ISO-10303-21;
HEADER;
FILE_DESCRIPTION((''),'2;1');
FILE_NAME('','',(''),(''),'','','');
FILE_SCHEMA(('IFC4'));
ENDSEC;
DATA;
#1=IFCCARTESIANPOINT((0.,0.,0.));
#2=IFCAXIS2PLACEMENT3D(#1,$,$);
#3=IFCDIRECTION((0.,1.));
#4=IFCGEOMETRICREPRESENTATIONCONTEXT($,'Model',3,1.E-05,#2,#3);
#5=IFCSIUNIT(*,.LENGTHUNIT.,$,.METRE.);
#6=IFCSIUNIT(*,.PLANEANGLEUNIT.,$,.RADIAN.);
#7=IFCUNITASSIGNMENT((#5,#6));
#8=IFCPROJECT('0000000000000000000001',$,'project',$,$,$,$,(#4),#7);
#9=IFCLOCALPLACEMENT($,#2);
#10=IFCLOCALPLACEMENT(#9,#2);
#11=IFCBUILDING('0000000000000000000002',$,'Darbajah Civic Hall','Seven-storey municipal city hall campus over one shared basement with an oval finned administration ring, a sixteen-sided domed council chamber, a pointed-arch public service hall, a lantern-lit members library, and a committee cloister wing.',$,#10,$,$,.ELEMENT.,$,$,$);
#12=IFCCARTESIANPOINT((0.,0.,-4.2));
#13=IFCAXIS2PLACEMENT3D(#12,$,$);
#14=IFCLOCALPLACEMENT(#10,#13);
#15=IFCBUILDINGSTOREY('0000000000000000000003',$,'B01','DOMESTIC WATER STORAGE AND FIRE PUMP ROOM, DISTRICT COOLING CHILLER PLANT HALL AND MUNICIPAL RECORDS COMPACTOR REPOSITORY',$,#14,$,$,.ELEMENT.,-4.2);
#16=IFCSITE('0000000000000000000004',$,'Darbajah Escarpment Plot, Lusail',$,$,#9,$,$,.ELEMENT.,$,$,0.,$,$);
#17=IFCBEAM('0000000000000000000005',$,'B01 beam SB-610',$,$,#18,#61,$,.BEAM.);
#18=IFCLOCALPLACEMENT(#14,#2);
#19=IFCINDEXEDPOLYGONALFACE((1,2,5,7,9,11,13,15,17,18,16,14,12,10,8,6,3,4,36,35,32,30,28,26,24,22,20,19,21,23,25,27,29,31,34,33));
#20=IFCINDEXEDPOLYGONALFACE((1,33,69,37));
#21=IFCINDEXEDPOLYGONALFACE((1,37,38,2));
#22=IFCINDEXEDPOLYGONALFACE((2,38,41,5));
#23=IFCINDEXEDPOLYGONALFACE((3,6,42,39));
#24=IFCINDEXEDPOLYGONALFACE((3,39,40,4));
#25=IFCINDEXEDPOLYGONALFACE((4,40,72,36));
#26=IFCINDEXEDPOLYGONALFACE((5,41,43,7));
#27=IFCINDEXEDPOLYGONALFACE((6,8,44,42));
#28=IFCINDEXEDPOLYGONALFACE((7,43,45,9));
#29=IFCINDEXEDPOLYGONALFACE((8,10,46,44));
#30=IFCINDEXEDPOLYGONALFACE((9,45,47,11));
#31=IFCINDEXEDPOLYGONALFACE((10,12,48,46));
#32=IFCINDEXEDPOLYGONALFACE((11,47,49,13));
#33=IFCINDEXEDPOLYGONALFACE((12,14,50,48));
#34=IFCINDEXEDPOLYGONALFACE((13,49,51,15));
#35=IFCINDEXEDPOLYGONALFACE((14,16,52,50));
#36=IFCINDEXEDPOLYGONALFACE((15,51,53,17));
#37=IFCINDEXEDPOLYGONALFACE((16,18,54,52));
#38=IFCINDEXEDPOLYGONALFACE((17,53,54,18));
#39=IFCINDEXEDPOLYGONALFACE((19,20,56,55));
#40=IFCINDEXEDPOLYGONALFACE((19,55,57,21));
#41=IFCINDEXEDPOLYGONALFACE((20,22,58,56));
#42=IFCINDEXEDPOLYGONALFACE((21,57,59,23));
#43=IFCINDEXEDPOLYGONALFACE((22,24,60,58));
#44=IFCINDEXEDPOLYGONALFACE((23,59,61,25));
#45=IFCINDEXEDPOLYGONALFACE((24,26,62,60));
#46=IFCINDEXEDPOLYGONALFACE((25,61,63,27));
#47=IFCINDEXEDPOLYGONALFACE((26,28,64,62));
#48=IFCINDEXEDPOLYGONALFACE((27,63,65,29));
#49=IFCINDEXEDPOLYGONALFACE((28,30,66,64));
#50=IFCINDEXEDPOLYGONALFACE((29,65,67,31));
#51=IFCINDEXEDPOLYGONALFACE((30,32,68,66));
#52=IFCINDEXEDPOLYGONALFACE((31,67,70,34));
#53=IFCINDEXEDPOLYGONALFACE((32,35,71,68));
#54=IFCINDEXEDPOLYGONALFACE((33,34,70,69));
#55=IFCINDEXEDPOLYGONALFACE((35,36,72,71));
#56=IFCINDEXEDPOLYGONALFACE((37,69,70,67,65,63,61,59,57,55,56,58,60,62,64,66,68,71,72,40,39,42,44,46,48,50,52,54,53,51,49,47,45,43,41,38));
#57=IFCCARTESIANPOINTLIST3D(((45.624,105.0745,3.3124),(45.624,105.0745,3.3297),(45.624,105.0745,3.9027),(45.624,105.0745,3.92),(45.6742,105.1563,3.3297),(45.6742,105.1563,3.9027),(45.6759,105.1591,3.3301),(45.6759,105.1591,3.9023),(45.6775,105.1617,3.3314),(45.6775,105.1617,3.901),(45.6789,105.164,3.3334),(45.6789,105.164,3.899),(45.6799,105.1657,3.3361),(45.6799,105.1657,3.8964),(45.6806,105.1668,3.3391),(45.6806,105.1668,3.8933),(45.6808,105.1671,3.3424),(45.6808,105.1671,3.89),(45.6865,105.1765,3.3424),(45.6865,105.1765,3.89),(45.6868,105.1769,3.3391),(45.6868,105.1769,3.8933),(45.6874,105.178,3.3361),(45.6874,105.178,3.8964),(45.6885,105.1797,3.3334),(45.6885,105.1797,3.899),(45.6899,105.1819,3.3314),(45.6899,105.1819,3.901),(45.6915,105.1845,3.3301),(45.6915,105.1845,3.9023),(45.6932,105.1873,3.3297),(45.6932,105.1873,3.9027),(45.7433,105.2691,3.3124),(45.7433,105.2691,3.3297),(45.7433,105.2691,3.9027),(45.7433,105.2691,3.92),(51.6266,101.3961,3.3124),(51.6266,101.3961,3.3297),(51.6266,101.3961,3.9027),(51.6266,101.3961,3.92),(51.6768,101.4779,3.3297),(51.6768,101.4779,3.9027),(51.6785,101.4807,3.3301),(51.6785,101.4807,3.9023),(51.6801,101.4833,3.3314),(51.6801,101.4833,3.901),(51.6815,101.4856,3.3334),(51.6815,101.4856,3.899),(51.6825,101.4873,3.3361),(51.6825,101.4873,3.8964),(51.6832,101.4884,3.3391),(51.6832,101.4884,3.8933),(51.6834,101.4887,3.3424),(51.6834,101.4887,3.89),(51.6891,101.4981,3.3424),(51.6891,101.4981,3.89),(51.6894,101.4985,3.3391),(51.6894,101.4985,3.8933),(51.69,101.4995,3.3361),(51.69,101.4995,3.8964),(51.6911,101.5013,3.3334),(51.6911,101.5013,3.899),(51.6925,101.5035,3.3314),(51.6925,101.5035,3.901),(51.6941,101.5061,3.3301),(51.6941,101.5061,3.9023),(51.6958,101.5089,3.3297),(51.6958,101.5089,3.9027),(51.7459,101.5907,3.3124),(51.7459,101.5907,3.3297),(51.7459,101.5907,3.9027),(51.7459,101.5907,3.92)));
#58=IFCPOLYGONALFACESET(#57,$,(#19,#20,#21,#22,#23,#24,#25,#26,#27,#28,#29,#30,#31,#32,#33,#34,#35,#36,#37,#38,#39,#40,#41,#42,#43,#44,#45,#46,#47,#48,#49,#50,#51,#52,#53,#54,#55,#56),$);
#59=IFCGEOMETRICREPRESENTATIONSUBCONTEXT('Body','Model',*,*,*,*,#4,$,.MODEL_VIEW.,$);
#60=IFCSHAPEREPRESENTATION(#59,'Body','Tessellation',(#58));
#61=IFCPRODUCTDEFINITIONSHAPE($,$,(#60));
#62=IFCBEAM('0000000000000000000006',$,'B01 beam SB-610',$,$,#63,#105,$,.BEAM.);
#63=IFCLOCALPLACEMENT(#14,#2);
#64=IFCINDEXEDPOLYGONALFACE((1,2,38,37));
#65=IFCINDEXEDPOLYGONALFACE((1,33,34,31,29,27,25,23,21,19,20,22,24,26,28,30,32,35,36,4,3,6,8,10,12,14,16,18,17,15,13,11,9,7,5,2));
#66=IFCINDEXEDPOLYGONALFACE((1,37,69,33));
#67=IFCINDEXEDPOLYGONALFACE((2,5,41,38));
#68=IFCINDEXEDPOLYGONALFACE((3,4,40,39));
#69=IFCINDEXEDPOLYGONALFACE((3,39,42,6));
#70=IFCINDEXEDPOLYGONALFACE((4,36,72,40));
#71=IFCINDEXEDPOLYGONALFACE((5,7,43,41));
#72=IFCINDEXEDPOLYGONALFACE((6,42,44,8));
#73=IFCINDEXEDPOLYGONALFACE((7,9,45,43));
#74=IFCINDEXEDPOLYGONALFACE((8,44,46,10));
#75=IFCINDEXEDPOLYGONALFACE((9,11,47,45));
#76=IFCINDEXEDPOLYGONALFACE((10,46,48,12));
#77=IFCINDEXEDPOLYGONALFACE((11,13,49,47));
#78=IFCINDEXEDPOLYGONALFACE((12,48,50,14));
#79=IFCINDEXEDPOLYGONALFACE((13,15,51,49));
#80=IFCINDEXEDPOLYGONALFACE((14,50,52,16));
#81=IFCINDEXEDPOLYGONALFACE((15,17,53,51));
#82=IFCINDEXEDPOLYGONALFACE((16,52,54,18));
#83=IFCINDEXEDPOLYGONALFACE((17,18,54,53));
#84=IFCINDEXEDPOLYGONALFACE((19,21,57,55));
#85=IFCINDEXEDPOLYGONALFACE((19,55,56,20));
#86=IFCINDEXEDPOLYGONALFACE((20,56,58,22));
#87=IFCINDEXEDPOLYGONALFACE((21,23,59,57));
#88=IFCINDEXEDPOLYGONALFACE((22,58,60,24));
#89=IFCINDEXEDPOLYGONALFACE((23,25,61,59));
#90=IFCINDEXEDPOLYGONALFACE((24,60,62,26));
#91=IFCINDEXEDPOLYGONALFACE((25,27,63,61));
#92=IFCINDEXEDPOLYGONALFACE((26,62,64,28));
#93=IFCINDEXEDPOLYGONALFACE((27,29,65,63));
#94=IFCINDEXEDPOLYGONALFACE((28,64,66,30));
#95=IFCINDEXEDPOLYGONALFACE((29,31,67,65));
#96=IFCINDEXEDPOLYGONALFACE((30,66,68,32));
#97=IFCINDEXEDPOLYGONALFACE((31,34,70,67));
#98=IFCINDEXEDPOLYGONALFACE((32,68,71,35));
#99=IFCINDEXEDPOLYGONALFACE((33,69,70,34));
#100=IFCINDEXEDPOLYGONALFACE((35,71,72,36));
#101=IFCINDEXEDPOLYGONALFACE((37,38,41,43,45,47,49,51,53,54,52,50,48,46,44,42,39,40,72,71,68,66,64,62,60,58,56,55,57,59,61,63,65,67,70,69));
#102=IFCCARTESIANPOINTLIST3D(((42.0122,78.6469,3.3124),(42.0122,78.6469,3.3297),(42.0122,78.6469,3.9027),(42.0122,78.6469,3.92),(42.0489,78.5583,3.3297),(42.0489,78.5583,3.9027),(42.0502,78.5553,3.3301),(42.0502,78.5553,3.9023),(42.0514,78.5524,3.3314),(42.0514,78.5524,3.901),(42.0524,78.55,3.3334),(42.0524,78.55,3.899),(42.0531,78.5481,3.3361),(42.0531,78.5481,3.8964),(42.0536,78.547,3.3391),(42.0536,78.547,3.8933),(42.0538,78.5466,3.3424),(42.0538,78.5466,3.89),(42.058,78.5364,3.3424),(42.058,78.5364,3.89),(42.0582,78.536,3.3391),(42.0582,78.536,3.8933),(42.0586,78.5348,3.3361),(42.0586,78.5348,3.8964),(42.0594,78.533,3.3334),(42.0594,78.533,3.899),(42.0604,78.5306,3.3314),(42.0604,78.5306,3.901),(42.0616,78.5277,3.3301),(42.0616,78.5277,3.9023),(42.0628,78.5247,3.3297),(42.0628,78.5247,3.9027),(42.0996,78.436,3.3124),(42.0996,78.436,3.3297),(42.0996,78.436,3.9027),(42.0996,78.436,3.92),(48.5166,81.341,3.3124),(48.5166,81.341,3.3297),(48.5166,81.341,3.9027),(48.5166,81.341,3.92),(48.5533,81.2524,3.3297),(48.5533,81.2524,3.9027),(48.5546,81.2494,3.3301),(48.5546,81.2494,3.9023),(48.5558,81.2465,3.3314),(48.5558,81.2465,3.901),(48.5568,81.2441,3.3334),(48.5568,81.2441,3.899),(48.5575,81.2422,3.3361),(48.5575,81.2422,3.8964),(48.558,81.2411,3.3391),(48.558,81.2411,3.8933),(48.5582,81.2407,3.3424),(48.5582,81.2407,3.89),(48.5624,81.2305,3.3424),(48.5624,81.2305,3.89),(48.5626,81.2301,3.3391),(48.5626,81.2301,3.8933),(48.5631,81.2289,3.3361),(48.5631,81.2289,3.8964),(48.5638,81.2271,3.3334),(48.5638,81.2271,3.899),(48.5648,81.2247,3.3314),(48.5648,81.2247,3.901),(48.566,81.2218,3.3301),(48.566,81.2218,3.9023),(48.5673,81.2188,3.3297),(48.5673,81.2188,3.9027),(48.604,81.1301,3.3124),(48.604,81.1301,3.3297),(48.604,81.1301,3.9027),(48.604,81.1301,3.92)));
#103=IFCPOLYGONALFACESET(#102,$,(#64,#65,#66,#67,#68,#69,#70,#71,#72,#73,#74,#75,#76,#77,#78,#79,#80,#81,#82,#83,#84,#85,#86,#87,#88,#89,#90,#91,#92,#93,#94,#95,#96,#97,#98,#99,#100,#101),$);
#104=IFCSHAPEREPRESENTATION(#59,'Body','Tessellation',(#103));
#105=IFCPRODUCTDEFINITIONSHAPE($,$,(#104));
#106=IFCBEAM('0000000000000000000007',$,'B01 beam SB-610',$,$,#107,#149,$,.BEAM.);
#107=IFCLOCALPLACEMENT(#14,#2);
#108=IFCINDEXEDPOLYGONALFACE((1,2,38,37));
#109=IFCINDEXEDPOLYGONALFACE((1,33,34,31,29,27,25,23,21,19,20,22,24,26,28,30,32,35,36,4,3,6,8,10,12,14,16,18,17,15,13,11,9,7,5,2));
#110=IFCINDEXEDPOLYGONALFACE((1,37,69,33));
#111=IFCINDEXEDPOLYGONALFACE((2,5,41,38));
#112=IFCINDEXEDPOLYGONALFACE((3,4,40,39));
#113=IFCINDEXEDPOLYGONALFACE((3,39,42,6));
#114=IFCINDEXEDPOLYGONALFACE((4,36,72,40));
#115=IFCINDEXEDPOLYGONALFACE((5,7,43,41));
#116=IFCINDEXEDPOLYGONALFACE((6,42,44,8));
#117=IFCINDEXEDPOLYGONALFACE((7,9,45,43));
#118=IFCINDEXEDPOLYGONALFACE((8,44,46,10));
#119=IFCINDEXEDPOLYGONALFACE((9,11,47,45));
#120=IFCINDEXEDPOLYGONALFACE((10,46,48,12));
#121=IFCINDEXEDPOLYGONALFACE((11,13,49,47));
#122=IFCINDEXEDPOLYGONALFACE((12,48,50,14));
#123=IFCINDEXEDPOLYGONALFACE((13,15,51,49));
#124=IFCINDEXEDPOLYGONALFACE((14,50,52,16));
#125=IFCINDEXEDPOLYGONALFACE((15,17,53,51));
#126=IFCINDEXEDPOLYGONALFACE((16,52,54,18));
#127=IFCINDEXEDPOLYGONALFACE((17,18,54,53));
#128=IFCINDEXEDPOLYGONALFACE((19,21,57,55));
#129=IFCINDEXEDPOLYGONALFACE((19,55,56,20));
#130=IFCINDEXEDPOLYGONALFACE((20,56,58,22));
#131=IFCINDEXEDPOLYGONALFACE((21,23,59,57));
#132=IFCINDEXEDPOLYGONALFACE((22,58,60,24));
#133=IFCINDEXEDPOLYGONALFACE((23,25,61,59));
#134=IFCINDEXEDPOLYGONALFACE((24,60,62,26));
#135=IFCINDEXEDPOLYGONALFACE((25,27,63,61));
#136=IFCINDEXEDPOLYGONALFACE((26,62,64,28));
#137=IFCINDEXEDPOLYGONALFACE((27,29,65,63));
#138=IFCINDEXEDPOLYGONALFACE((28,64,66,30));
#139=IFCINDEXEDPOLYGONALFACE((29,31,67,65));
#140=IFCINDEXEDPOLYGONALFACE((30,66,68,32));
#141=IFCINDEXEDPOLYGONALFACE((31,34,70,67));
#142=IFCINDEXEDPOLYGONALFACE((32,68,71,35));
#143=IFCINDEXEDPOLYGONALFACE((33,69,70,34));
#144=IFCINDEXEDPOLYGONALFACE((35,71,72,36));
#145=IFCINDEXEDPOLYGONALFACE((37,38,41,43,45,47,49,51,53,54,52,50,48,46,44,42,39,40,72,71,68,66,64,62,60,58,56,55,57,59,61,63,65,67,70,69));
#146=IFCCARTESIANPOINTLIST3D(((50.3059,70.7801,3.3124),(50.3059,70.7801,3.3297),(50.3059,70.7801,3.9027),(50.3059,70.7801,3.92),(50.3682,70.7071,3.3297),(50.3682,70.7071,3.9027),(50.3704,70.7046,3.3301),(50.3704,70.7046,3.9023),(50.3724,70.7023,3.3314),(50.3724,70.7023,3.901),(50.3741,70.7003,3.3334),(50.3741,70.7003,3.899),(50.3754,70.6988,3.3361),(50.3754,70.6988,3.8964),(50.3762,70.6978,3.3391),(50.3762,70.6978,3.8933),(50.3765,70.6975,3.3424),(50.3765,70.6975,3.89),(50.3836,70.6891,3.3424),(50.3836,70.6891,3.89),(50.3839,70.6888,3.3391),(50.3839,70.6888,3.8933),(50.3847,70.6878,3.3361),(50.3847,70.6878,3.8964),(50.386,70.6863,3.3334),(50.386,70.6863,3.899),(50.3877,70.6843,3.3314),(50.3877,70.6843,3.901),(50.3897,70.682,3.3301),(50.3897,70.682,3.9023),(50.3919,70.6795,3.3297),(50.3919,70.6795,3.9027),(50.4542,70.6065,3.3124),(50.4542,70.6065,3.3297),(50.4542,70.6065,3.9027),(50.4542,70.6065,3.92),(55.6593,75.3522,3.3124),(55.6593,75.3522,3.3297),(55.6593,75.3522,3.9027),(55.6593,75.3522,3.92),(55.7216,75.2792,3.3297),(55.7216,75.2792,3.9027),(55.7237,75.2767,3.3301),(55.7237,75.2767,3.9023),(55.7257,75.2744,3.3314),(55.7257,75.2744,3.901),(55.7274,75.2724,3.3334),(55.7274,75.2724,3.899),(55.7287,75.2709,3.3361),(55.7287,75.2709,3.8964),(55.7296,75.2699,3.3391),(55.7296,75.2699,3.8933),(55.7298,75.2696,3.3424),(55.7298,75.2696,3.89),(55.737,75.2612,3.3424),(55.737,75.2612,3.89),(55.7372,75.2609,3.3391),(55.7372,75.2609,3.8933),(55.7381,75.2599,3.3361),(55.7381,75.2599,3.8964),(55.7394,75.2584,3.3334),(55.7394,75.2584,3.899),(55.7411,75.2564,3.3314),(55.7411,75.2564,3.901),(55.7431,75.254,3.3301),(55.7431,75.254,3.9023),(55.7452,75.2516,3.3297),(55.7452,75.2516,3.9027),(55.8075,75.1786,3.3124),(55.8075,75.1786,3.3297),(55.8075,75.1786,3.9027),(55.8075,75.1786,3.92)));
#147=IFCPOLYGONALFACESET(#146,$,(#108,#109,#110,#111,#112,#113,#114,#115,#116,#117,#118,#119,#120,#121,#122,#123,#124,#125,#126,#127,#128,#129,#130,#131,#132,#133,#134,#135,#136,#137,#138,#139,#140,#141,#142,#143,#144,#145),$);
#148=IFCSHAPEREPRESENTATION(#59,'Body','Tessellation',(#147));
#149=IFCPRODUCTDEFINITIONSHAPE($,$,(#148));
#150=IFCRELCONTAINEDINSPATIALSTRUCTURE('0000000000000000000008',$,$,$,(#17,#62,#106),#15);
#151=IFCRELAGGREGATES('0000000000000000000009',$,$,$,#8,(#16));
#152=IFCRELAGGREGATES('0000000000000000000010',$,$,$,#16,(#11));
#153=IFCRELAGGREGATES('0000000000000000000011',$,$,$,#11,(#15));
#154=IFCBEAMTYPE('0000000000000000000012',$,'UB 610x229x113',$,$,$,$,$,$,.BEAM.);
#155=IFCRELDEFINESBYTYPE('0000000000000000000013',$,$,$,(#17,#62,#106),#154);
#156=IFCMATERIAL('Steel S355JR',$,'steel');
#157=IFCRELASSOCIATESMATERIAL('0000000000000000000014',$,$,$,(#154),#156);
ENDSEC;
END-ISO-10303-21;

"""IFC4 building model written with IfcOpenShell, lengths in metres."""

from ifc_helpers import new_model, si_unit, direction, frame, origin, origin_2d, place, context, subcontext, project, spatial, i_section, extrude, material, material_profile, profile_set, type_object, element, save


model = new_model("IFC4")

# Units and contexts
model_context = context("Model", 3, precision=1e-05, world=origin(), true_north=direction((0.0, 1.0)))
body_context = subcontext(model_context, "Body", "Model", "MODEL_VIEW")
ifc_project = project(units=[si_unit("LENGTHUNIT", "METRE"), si_unit("PLANEANGLEUNIT", "RADIAN")], contexts=[model_context])

# Site, building, storey
site_placement = place(None, origin())
site = spatial("IfcSite", under=ifc_project, at=site_placement, Name="Darbajah Escarpment Plot, Lusail", CompositionType="ELEMENT", RefElevation=0.0)
building_placement = place(site_placement, origin())
building = spatial("IfcBuilding", under=site, at=building_placement, Name="Darbajah Civic Hall", Description="Seven-storey municipal city hall campus over one shared basement with an oval finned administration ring, a sixteen-sided domed council chamber, a pointed-arch public service hall, a lantern-lit members library, and a committee cloister wing.", CompositionType="ELEMENT")
storey_placement = place(building_placement, frame((0.0, 0.0, -4.2)))
storey = spatial("IfcBuildingStorey", under=building, at=storey_placement, Name="B01", Description="DOMESTIC WATER STORAGE AND FIRE PUMP ROOM, DISTRICT COOLING CHILLER PLANT HALL AND MUNICIPAL RECORDS COMPACTOR REPOSITORY", CompositionType="ELEMENT", Elevation=-4.2)

# Beams
ifc_material_1 = material(Name="Steel S355JR", Category="steel")
ifc_material_profile_1 = material_profile(ifc_material_1, i_section(OverallWidth=0.2283, OverallDepth=0.6077, WebThickness=0.011, FlangeThickness=0.0173, FilletRadius=0.0127, at=origin_2d()), Name="UB 610x229x113")
ifc_profile_set_1 = profile_set([ifc_material_profile_1], Name="Steel S355JR")
beam_type_1 = type_object("IfcBeamType", Name="UB 610x229x113", PredefinedType="BEAM", material=ifc_profile_set_1)
for number, where, z_axis, x_axis, name in (
    (1, (51.6863, 101.4934, 3.6162), (-0.852639, 0.5225, 0.0), (-0.5225, -0.852639, 0.0), "B01 beam SB-610"),
):
    element("IfcBeam", number, at=place(storey_placement, frame(where, z_axis=z_axis, x_axis=x_axis)), inside=storey, type_object=beam_type_1, Name=name, PredefinedType="BEAM", context=body_context, shape_type="SweptSolid", body=[
        extrude(i_section(OverallWidth=0.2283, OverallDepth=0.6077, WebThickness=0.011, FlangeThickness=0.0173, FilletRadius=0.0127, at=origin_2d()), origin(), (0.0, 0.0, 1.0), 7.04),
    ])
beam_1_placement = place(storey_placement, frame((48.5603, 81.2356, 3.6162), z_axis=(-0.923885, -0.382669, 0.0), x_axis=(0.382669, -0.923885, 0.0)))
element("IfcBeam", 2, at=beam_1_placement, inside=storey, type_object=beam_type_1, Name="B01 beam SB-610", PredefinedType="BEAM", context=body_context, shape_type="SweptSolid", body=[
    extrude(i_section(OverallWidth=0.2283, OverallDepth=0.6077, WebThickness=0.011, FlangeThickness=0.0173, FilletRadius=0.0127, at=origin_2d()), origin(), (0.0, 0.0, 1.0), 7.0403),
])
beam_2_placement = place(storey_placement, frame((55.7334, 75.2654, 3.6162), z_axis=(-0.760413, -0.649439, 0.0), x_axis=(0.649439, -0.760413, 0.0)))
element("IfcBeam", 3, at=beam_2_placement, inside=storey, type_object=beam_type_1, Name="B01 beam SB-610", PredefinedType="BEAM", context=body_context, shape_type="SweptSolid", body=[
    extrude(i_section(OverallWidth=0.2283, OverallDepth=0.6077, WebThickness=0.011, FlangeThickness=0.0173, FilletRadius=0.0127, at=origin_2d()), origin(), (0.0, 0.0, 1.0), 7.04),
])

save(model, "model.ifc")
